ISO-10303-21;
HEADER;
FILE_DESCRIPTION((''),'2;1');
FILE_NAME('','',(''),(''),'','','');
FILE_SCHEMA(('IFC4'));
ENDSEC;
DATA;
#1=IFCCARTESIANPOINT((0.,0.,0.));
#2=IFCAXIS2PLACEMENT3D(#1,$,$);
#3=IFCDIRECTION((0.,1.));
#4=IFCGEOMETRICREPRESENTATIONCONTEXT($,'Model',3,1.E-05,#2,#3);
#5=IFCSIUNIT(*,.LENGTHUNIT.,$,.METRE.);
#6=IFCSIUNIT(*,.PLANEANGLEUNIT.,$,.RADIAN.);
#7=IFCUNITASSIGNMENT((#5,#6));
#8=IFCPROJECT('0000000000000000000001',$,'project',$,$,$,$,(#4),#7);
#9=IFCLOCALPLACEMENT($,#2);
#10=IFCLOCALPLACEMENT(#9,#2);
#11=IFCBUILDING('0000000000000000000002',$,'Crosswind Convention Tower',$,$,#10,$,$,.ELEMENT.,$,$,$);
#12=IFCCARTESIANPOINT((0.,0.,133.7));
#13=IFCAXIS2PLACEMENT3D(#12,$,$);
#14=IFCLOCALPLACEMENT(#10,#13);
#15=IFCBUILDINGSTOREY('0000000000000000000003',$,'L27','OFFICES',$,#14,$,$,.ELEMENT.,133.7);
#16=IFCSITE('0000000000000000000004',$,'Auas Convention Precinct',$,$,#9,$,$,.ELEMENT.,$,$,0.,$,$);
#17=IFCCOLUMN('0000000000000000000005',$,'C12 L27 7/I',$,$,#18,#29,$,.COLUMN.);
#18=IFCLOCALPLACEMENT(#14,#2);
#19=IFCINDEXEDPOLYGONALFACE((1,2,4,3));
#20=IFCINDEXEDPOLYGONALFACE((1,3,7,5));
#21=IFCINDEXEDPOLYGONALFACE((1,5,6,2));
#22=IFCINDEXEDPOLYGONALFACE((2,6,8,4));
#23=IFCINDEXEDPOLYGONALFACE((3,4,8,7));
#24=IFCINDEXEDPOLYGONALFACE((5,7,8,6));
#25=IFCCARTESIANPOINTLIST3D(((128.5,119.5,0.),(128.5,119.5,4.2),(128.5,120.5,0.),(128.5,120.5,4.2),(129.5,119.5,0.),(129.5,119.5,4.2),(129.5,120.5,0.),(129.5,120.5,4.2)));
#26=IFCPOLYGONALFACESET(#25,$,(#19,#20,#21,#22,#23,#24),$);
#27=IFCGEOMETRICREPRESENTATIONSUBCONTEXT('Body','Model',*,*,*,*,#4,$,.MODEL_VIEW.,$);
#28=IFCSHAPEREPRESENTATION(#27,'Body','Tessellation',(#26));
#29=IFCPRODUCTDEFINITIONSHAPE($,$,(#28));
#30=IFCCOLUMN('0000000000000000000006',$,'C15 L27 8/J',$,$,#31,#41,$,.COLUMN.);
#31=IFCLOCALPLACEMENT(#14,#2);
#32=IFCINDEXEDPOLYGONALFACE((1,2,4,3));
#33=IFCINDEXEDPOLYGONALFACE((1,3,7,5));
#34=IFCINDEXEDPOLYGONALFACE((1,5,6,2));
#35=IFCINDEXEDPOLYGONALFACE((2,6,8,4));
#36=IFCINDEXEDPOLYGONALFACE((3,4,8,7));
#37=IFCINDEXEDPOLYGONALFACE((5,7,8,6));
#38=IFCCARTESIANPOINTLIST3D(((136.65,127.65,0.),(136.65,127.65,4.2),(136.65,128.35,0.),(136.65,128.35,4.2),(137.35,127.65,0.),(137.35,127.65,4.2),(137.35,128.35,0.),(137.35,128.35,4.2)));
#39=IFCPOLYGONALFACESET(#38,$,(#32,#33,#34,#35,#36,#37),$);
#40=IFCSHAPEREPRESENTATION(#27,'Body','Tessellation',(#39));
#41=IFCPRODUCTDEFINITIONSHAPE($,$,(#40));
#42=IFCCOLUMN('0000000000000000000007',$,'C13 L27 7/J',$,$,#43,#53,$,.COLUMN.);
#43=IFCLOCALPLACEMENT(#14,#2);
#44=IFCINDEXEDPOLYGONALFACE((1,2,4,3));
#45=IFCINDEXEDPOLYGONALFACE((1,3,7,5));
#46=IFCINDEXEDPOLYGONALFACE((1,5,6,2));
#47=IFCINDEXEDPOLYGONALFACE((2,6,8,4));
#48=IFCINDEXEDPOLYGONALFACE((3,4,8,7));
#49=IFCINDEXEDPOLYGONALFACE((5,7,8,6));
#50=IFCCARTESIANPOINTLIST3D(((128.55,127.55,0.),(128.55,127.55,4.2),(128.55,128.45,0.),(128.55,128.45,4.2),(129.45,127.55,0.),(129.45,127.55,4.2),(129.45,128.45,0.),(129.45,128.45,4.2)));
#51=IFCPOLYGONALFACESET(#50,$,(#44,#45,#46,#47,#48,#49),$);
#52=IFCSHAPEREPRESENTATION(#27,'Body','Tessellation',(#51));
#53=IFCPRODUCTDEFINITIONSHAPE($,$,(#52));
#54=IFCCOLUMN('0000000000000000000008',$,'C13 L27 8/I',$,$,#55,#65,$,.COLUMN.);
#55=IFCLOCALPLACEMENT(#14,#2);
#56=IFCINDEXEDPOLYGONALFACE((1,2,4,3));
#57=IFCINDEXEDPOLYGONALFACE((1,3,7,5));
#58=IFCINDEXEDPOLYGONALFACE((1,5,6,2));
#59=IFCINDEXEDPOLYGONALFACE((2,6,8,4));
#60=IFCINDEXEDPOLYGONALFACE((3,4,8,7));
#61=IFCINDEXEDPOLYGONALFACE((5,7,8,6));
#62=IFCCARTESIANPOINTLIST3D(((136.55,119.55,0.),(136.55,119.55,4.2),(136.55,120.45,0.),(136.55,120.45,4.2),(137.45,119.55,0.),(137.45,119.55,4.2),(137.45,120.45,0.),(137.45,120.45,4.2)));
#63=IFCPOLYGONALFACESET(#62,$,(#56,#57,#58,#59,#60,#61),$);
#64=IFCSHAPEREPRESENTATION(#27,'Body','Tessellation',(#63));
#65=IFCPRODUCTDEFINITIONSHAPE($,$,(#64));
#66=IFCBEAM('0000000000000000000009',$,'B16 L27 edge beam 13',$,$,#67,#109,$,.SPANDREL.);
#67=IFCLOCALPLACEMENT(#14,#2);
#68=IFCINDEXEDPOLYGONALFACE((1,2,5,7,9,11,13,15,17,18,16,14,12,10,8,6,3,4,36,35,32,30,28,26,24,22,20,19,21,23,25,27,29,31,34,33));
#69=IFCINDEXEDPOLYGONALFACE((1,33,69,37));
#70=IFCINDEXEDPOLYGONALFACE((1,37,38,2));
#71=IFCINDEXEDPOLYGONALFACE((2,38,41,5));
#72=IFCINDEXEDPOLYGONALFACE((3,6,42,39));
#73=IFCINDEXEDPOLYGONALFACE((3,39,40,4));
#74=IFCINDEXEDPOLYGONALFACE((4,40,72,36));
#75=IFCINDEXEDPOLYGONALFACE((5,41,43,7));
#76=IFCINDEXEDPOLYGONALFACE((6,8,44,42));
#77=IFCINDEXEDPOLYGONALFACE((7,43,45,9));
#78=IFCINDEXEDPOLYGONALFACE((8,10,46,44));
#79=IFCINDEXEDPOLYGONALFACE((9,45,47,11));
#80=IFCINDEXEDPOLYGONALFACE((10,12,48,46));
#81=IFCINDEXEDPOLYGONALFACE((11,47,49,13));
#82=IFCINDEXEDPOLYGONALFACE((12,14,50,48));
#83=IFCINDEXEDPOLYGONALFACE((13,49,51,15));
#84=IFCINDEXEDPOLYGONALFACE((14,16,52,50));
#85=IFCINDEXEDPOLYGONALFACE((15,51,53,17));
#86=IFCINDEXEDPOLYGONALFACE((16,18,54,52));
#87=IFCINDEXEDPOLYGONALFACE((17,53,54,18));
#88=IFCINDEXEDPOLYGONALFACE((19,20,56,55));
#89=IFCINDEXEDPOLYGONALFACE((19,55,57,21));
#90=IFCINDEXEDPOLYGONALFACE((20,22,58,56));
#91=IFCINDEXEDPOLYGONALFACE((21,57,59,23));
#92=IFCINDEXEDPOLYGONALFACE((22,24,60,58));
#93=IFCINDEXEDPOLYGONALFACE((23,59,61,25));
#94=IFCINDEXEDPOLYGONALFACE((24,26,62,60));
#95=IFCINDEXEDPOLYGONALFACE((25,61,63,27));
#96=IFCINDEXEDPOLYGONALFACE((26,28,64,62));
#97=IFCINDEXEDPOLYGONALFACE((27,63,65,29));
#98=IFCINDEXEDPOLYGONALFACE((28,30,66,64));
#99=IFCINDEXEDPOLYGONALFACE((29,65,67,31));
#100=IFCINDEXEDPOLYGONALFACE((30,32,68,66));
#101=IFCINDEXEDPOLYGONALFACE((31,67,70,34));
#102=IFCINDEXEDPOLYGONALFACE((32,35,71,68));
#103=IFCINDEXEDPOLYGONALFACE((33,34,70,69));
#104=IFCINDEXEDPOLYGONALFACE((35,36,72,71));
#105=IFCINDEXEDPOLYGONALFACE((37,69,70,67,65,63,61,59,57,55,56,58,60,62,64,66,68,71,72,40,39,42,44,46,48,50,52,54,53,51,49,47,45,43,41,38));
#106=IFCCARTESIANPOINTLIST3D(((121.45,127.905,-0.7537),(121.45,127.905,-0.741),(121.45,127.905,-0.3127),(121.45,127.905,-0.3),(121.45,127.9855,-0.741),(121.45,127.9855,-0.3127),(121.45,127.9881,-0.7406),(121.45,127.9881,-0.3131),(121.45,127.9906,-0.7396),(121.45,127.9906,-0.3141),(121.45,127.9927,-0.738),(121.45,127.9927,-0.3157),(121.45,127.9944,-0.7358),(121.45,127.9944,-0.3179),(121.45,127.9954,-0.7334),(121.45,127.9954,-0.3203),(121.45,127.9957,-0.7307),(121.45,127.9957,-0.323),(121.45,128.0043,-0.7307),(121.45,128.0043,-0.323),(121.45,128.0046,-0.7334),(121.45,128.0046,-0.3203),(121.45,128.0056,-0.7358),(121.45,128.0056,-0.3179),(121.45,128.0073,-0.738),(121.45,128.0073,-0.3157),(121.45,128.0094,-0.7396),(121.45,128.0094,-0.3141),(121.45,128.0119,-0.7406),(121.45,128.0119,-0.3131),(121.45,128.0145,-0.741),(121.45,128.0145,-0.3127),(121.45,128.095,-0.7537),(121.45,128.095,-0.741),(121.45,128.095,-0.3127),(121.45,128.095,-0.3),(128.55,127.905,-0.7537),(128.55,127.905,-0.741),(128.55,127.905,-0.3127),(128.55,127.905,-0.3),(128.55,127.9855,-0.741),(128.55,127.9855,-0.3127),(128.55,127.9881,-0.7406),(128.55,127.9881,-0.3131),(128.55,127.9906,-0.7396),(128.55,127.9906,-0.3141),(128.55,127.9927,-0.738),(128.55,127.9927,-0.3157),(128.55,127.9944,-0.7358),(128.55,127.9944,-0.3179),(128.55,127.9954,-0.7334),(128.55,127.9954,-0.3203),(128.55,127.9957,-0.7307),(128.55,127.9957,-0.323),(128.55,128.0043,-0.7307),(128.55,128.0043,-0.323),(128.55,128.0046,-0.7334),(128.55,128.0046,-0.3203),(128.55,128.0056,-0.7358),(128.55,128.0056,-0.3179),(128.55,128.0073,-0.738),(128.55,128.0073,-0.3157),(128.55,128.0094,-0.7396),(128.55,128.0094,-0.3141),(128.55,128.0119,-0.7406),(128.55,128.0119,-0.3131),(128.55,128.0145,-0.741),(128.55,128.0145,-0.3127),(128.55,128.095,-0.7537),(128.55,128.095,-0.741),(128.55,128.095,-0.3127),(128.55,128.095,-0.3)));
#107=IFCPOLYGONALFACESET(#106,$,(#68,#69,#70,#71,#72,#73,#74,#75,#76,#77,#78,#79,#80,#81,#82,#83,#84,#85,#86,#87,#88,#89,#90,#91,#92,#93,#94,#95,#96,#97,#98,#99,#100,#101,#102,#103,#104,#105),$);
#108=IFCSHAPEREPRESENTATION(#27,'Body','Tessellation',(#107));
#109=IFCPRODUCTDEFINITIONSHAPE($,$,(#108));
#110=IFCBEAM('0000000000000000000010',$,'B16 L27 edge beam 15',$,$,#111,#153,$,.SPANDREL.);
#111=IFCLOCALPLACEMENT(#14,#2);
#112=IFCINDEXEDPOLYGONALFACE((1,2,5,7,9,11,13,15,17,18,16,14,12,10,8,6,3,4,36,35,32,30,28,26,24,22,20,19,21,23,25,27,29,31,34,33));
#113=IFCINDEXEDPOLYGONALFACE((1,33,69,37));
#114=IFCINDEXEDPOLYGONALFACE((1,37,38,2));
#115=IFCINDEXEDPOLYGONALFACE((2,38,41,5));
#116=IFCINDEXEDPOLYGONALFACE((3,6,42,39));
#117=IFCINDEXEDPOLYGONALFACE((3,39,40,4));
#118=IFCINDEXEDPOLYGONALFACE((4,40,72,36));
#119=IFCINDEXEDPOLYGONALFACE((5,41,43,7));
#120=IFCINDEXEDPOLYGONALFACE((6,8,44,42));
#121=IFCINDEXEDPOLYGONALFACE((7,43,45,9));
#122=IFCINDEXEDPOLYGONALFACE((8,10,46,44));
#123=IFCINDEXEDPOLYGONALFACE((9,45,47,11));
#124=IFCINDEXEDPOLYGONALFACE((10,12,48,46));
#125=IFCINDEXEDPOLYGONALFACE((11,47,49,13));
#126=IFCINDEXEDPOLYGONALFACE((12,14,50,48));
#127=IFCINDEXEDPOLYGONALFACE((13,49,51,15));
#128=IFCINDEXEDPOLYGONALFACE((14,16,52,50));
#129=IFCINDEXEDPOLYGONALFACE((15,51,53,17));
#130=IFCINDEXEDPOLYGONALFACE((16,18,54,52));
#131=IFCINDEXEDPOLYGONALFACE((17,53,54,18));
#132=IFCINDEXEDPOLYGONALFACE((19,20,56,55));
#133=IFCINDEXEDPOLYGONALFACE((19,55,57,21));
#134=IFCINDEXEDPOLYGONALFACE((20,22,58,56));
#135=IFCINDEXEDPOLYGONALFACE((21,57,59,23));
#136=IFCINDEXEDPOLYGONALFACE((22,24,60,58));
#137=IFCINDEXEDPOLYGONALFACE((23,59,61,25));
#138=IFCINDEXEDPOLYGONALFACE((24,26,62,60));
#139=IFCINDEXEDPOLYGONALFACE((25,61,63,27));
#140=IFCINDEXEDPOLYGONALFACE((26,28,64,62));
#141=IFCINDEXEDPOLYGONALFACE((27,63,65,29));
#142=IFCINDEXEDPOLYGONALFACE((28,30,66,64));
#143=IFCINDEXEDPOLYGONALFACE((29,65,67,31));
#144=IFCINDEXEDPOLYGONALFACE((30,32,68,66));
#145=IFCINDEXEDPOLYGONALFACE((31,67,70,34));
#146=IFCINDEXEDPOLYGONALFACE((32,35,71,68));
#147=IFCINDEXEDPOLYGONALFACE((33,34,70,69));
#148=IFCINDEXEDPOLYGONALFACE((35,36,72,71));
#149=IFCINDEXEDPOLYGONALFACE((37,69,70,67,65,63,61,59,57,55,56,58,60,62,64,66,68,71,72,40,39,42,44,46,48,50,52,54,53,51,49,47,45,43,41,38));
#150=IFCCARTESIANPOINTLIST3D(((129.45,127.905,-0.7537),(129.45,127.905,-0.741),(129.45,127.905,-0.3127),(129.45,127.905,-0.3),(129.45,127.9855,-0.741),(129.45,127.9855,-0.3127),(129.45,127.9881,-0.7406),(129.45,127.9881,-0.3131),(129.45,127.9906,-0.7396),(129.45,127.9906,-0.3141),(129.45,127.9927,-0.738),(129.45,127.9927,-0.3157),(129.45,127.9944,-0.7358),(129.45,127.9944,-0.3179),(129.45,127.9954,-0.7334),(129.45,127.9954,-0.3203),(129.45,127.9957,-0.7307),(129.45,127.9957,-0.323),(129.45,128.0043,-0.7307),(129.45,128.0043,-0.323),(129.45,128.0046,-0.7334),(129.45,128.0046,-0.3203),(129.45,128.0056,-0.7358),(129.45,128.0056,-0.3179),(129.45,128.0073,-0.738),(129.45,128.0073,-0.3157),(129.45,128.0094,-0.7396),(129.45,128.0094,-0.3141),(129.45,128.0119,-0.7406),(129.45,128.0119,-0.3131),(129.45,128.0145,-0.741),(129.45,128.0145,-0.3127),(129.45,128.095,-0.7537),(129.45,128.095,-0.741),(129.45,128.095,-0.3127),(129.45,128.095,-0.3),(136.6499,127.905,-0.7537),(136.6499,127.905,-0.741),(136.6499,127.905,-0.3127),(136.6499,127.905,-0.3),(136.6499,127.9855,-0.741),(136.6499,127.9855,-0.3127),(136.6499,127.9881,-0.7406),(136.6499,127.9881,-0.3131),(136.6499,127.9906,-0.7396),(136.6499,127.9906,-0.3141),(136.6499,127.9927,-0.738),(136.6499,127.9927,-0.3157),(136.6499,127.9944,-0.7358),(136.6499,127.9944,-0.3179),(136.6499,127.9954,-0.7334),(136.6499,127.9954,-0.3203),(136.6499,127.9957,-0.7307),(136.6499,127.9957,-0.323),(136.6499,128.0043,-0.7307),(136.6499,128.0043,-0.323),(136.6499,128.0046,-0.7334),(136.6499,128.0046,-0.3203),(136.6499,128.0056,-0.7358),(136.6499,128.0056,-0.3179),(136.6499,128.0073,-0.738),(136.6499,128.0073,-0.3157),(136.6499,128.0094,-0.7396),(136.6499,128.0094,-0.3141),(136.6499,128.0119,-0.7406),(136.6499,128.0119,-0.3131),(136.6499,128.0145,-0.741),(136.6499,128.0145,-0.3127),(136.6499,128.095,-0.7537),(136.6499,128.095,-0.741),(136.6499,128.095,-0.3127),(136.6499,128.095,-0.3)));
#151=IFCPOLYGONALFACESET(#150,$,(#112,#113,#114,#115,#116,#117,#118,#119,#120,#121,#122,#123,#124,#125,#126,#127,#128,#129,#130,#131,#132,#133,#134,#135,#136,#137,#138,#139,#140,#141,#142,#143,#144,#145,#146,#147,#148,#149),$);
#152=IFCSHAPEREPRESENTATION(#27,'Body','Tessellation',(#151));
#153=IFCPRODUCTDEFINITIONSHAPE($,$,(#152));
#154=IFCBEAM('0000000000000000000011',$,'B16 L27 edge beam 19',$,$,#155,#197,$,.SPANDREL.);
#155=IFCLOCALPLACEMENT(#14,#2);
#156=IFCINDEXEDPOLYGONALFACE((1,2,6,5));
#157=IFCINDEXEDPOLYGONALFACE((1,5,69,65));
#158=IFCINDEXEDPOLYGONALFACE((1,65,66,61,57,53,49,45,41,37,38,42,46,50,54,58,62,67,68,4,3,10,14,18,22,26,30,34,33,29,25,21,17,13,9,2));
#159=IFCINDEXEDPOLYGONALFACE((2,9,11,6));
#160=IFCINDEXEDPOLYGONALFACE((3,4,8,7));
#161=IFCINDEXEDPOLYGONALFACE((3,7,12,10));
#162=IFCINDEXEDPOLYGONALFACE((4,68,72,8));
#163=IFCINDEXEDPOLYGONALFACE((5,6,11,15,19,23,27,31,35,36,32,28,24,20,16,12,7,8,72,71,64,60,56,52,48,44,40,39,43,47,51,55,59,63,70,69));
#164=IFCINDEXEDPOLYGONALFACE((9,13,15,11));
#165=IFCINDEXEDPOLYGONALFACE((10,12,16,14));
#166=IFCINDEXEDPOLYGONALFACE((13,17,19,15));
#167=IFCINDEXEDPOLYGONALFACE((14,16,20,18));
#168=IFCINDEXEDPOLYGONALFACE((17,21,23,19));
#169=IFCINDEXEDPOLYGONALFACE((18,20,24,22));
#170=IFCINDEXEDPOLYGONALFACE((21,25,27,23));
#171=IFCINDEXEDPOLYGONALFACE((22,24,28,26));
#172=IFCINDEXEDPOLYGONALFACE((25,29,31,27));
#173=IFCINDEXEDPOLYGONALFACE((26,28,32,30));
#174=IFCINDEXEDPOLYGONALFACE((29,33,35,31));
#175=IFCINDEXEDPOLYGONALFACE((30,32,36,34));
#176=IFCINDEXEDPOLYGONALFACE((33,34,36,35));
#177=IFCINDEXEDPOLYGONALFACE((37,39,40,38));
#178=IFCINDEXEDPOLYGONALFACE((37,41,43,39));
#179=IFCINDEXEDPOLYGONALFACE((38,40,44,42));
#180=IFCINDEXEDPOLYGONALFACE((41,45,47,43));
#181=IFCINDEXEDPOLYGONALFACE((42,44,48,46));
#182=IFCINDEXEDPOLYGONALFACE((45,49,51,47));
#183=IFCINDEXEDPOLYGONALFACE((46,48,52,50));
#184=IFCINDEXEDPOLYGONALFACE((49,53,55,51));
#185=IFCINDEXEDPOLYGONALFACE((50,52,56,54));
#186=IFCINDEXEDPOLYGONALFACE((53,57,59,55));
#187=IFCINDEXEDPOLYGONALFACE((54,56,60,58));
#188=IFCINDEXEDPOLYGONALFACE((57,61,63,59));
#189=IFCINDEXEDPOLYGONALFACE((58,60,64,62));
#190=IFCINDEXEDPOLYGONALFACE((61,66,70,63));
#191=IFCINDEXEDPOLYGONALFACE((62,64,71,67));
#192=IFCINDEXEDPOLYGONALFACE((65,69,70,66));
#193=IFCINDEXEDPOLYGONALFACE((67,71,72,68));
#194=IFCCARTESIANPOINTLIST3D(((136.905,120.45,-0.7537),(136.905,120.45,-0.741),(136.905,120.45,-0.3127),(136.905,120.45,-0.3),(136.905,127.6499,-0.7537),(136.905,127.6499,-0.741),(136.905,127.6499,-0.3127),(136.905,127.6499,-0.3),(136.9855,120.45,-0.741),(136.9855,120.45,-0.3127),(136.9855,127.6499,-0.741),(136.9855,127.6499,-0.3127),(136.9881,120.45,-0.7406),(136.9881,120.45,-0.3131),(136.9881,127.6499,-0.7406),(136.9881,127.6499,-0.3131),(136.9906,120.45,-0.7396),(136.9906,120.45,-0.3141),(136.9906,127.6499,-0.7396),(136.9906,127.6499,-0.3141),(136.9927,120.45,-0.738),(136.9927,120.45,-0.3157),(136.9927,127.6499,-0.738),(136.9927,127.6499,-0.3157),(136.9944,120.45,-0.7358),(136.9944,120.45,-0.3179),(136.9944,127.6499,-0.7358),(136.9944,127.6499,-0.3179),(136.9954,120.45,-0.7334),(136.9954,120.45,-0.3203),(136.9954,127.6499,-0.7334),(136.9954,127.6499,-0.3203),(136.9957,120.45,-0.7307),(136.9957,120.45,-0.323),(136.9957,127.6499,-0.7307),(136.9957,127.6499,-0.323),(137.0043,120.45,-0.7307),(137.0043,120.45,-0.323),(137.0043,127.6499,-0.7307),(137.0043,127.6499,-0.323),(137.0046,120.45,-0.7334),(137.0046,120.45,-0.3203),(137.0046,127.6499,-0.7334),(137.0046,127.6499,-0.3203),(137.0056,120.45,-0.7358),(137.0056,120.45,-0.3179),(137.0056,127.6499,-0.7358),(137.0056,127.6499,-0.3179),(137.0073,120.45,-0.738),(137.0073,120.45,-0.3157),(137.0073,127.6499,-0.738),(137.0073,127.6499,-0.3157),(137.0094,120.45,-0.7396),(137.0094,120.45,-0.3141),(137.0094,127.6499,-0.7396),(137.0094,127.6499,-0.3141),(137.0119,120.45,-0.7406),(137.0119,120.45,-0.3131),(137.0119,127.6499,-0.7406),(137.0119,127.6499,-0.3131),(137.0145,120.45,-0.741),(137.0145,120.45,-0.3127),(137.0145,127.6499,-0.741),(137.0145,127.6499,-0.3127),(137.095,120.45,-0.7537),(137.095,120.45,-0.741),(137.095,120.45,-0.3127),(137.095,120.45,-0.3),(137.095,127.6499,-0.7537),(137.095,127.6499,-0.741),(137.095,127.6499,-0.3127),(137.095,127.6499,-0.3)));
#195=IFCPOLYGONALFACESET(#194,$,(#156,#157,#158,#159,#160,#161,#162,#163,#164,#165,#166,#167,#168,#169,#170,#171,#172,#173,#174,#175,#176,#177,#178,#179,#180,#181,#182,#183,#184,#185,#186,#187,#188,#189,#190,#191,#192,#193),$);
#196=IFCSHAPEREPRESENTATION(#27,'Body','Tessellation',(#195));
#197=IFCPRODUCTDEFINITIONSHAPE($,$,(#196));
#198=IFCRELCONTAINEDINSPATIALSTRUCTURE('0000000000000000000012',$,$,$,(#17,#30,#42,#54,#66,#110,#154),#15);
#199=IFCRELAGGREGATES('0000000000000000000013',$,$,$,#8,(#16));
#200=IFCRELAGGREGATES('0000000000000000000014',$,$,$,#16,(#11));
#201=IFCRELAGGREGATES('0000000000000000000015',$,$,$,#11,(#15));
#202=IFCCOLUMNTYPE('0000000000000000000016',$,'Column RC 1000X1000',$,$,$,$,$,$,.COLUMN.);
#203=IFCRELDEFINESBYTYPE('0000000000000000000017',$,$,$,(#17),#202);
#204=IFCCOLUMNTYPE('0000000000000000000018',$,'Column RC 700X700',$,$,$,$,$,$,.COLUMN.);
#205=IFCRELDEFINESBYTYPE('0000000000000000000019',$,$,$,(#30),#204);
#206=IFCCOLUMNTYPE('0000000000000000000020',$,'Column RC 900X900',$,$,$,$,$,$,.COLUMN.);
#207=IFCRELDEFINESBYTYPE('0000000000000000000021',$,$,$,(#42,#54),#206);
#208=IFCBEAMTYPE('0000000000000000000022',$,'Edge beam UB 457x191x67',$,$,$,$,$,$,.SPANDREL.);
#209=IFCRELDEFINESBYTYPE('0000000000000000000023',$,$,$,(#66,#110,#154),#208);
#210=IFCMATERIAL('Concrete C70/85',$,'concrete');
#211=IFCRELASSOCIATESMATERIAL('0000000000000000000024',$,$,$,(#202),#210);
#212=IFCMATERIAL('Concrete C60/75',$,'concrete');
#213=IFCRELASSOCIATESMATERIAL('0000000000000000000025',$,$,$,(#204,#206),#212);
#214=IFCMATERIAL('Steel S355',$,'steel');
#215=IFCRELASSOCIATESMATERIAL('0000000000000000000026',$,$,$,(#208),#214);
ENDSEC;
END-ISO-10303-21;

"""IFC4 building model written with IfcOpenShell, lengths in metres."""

from ifc_helpers import new_model, si_unit, direction, frame, origin, origin_2d, place, context, subcontext, project, spatial, rectangle, i_section, extrude, material, material_profile, profile_set, type_object, element, save


model = new_model("IFC4")

# Units and contexts
model_context = context("Model", 3, precision=1e-05, world=origin(), true_north=direction((0.0, 1.0)))
body_context = subcontext(model_context, "Body", "Model", "MODEL_VIEW")
ifc_project = project(units=[si_unit("LENGTHUNIT", "METRE"), si_unit("PLANEANGLEUNIT", "RADIAN")], contexts=[model_context])

# Site, building, storey
site_placement = place(None, origin())
site = spatial("IfcSite", under=ifc_project, at=site_placement, Name="Auas Convention Precinct", CompositionType="ELEMENT", RefElevation=0.0)
building_placement = place(site_placement, origin())
building = spatial("IfcBuilding", under=site, at=building_placement, Name="Crosswind Convention Tower", CompositionType="ELEMENT")
storey_placement = place(building_placement, frame((0.0, 0.0, 133.7)))
storey = spatial("IfcBuildingStorey", under=building, at=storey_placement, Name="L27", Description="OFFICES", CompositionType="ELEMENT", Elevation=133.7)

# Columns
ifc_material_1 = material(Name="Concrete C70/85", Category="concrete")
ifc_material_profile_1 = material_profile(ifc_material_1, rectangle(XDim=1.0, YDim=1.0, at=origin_2d()), Name="RC 1000X1000")
ifc_profile_set_1 = profile_set([ifc_material_profile_1], Name="Concrete C70/85")
column_type_1 = type_object("IfcColumnType", Name="Column RC 1000X1000", PredefinedType="COLUMN", material=ifc_profile_set_1)
column_1_placement = place(storey_placement, frame((129.0, 120.0, 0.0), z_axis=(0.0, 0.0, 1.0), x_axis=(1.0, 0.0, 0.0)))
element("IfcColumn", 1, at=column_1_placement, inside=storey, type_object=column_type_1, Name="C12 L27 7/I", PredefinedType="COLUMN", context=body_context, shape_type="SweptSolid", body=[
    extrude(rectangle(XDim=1.0, YDim=1.0, at=origin_2d()), origin(), (0.0, 0.0, 1.0), 4.2),
])
ifc_material_2 = material(Name="Concrete C60/75", Category="concrete")
ifc_material_profile_2 = material_profile(ifc_material_2, rectangle(XDim=0.7, YDim=0.7, at=origin_2d()), Name="RC 700X700")
ifc_profile_set_2 = profile_set([ifc_material_profile_2], Name="Concrete C60/75")
column_type_2 = type_object("IfcColumnType", Name="Column RC 700X700", PredefinedType="COLUMN", material=ifc_profile_set_2)
column_2_placement = place(storey_placement, frame((137.0, 128.0, 0.0), z_axis=(0.0, 0.0, 1.0), x_axis=(1.0, 0.0, 0.0)))
element("IfcColumn", 2, at=column_2_placement, inside=storey, type_object=column_type_2, Name="C15 L27 8/J", PredefinedType="COLUMN", context=body_context, shape_type="SweptSolid", body=[
    extrude(rectangle(XDim=0.7, YDim=0.7, at=origin_2d()), origin(), (0.0, 0.0, 1.0), 4.2),
])
ifc_material_profile_3 = material_profile(ifc_material_2, rectangle(XDim=0.8999, YDim=0.8999, at=origin_2d()), Name="RC 900X900")
ifc_profile_set_3 = profile_set([ifc_material_profile_3], Name="Concrete C60/75")
column_type_3 = type_object("IfcColumnType", Name="Column RC 900X900", PredefinedType="COLUMN", material=ifc_profile_set_3)
for number, where, z_axis, x_axis, name in (
    (3, (129.0, 128.0, 0.0), (0.0, 0.0, 1.0), (1.0, 0.0, 0.0), "C13 L27 7/J"),
    (4, (137.0, 120.0, 0.0), (0.0, 0.0, 1.0), (1.0, 0.0, 0.0), "C13 L27 8/I"),
):
    element("IfcColumn", number, at=place(storey_placement, frame(where, z_axis=z_axis, x_axis=x_axis)), inside=storey, type_object=column_type_3, Name=name, PredefinedType="COLUMN", context=body_context, shape_type="SweptSolid", body=[
        extrude(rectangle(XDim=0.8999, YDim=0.8999, at=origin_2d()), origin(), (0.0, 0.0, 1.0), 4.2),
    ])

# Beams
ifc_material_3 = material(Name="Steel S355", Category="steel")
ifc_material_profile_4 = material_profile(ifc_material_3, i_section(OverallWidth=0.1899, OverallDepth=0.4536, WebThickness=0.0085, FlangeThickness=0.0127, FilletRadius=0.0103, at=origin_2d()), Name="UB 457x191x67")
ifc_profile_set_4 = profile_set([ifc_material_profile_4], Name="Steel S355")
beam_type_1 = type_object("IfcBeamType", Name="Edge beam UB 457x191x67", PredefinedType="SPANDREL", material=ifc_profile_set_4)
beam_placement = place(storey_placement, frame((121.45, 128.0, -0.5269), z_axis=(1.0, 0.0, 0.0), x_axis=(0.0, 1.0, 0.0)))
element("IfcBeam", 5, at=beam_placement, inside=storey, type_object=beam_type_1, Name="B16 L27 edge beam 13", PredefinedType="SPANDREL", context=body_context, shape_type="SweptSolid", body=[
    extrude(i_section(OverallWidth=0.1899, OverallDepth=0.4536, WebThickness=0.0085, FlangeThickness=0.0127, FilletRadius=0.0103, at=origin_2d()), origin(), (0.0, 0.0, 1.0), 7.1001),
])
for number, where, z_axis, x_axis, name in (
    (6, (129.45, 128.0, -0.5269), (1.0, 0.0, 0.0), (0.0, 1.0, 0.0), "B16 L27 edge beam 15"),
    (7, (137.0, 120.45, -0.5269), (0.0, 1.0, 0.0), (-1.0, 0.0, 0.0), "B16 L27 edge beam 19"),
):
    element("IfcBeam", number, at=place(storey_placement, frame(where, z_axis=z_axis, x_axis=x_axis)), inside=storey, type_object=beam_type_1, Name=name, PredefinedType="SPANDREL", context=body_context, shape_type="SweptSolid", body=[
        extrude(i_section(OverallWidth=0.1899, OverallDepth=0.4536, WebThickness=0.0085, FlangeThickness=0.0127, FilletRadius=0.0103, at=origin_2d()), origin(), (0.0, 0.0, 1.0), 7.2),
    ])

save(model, "model.ifc")
